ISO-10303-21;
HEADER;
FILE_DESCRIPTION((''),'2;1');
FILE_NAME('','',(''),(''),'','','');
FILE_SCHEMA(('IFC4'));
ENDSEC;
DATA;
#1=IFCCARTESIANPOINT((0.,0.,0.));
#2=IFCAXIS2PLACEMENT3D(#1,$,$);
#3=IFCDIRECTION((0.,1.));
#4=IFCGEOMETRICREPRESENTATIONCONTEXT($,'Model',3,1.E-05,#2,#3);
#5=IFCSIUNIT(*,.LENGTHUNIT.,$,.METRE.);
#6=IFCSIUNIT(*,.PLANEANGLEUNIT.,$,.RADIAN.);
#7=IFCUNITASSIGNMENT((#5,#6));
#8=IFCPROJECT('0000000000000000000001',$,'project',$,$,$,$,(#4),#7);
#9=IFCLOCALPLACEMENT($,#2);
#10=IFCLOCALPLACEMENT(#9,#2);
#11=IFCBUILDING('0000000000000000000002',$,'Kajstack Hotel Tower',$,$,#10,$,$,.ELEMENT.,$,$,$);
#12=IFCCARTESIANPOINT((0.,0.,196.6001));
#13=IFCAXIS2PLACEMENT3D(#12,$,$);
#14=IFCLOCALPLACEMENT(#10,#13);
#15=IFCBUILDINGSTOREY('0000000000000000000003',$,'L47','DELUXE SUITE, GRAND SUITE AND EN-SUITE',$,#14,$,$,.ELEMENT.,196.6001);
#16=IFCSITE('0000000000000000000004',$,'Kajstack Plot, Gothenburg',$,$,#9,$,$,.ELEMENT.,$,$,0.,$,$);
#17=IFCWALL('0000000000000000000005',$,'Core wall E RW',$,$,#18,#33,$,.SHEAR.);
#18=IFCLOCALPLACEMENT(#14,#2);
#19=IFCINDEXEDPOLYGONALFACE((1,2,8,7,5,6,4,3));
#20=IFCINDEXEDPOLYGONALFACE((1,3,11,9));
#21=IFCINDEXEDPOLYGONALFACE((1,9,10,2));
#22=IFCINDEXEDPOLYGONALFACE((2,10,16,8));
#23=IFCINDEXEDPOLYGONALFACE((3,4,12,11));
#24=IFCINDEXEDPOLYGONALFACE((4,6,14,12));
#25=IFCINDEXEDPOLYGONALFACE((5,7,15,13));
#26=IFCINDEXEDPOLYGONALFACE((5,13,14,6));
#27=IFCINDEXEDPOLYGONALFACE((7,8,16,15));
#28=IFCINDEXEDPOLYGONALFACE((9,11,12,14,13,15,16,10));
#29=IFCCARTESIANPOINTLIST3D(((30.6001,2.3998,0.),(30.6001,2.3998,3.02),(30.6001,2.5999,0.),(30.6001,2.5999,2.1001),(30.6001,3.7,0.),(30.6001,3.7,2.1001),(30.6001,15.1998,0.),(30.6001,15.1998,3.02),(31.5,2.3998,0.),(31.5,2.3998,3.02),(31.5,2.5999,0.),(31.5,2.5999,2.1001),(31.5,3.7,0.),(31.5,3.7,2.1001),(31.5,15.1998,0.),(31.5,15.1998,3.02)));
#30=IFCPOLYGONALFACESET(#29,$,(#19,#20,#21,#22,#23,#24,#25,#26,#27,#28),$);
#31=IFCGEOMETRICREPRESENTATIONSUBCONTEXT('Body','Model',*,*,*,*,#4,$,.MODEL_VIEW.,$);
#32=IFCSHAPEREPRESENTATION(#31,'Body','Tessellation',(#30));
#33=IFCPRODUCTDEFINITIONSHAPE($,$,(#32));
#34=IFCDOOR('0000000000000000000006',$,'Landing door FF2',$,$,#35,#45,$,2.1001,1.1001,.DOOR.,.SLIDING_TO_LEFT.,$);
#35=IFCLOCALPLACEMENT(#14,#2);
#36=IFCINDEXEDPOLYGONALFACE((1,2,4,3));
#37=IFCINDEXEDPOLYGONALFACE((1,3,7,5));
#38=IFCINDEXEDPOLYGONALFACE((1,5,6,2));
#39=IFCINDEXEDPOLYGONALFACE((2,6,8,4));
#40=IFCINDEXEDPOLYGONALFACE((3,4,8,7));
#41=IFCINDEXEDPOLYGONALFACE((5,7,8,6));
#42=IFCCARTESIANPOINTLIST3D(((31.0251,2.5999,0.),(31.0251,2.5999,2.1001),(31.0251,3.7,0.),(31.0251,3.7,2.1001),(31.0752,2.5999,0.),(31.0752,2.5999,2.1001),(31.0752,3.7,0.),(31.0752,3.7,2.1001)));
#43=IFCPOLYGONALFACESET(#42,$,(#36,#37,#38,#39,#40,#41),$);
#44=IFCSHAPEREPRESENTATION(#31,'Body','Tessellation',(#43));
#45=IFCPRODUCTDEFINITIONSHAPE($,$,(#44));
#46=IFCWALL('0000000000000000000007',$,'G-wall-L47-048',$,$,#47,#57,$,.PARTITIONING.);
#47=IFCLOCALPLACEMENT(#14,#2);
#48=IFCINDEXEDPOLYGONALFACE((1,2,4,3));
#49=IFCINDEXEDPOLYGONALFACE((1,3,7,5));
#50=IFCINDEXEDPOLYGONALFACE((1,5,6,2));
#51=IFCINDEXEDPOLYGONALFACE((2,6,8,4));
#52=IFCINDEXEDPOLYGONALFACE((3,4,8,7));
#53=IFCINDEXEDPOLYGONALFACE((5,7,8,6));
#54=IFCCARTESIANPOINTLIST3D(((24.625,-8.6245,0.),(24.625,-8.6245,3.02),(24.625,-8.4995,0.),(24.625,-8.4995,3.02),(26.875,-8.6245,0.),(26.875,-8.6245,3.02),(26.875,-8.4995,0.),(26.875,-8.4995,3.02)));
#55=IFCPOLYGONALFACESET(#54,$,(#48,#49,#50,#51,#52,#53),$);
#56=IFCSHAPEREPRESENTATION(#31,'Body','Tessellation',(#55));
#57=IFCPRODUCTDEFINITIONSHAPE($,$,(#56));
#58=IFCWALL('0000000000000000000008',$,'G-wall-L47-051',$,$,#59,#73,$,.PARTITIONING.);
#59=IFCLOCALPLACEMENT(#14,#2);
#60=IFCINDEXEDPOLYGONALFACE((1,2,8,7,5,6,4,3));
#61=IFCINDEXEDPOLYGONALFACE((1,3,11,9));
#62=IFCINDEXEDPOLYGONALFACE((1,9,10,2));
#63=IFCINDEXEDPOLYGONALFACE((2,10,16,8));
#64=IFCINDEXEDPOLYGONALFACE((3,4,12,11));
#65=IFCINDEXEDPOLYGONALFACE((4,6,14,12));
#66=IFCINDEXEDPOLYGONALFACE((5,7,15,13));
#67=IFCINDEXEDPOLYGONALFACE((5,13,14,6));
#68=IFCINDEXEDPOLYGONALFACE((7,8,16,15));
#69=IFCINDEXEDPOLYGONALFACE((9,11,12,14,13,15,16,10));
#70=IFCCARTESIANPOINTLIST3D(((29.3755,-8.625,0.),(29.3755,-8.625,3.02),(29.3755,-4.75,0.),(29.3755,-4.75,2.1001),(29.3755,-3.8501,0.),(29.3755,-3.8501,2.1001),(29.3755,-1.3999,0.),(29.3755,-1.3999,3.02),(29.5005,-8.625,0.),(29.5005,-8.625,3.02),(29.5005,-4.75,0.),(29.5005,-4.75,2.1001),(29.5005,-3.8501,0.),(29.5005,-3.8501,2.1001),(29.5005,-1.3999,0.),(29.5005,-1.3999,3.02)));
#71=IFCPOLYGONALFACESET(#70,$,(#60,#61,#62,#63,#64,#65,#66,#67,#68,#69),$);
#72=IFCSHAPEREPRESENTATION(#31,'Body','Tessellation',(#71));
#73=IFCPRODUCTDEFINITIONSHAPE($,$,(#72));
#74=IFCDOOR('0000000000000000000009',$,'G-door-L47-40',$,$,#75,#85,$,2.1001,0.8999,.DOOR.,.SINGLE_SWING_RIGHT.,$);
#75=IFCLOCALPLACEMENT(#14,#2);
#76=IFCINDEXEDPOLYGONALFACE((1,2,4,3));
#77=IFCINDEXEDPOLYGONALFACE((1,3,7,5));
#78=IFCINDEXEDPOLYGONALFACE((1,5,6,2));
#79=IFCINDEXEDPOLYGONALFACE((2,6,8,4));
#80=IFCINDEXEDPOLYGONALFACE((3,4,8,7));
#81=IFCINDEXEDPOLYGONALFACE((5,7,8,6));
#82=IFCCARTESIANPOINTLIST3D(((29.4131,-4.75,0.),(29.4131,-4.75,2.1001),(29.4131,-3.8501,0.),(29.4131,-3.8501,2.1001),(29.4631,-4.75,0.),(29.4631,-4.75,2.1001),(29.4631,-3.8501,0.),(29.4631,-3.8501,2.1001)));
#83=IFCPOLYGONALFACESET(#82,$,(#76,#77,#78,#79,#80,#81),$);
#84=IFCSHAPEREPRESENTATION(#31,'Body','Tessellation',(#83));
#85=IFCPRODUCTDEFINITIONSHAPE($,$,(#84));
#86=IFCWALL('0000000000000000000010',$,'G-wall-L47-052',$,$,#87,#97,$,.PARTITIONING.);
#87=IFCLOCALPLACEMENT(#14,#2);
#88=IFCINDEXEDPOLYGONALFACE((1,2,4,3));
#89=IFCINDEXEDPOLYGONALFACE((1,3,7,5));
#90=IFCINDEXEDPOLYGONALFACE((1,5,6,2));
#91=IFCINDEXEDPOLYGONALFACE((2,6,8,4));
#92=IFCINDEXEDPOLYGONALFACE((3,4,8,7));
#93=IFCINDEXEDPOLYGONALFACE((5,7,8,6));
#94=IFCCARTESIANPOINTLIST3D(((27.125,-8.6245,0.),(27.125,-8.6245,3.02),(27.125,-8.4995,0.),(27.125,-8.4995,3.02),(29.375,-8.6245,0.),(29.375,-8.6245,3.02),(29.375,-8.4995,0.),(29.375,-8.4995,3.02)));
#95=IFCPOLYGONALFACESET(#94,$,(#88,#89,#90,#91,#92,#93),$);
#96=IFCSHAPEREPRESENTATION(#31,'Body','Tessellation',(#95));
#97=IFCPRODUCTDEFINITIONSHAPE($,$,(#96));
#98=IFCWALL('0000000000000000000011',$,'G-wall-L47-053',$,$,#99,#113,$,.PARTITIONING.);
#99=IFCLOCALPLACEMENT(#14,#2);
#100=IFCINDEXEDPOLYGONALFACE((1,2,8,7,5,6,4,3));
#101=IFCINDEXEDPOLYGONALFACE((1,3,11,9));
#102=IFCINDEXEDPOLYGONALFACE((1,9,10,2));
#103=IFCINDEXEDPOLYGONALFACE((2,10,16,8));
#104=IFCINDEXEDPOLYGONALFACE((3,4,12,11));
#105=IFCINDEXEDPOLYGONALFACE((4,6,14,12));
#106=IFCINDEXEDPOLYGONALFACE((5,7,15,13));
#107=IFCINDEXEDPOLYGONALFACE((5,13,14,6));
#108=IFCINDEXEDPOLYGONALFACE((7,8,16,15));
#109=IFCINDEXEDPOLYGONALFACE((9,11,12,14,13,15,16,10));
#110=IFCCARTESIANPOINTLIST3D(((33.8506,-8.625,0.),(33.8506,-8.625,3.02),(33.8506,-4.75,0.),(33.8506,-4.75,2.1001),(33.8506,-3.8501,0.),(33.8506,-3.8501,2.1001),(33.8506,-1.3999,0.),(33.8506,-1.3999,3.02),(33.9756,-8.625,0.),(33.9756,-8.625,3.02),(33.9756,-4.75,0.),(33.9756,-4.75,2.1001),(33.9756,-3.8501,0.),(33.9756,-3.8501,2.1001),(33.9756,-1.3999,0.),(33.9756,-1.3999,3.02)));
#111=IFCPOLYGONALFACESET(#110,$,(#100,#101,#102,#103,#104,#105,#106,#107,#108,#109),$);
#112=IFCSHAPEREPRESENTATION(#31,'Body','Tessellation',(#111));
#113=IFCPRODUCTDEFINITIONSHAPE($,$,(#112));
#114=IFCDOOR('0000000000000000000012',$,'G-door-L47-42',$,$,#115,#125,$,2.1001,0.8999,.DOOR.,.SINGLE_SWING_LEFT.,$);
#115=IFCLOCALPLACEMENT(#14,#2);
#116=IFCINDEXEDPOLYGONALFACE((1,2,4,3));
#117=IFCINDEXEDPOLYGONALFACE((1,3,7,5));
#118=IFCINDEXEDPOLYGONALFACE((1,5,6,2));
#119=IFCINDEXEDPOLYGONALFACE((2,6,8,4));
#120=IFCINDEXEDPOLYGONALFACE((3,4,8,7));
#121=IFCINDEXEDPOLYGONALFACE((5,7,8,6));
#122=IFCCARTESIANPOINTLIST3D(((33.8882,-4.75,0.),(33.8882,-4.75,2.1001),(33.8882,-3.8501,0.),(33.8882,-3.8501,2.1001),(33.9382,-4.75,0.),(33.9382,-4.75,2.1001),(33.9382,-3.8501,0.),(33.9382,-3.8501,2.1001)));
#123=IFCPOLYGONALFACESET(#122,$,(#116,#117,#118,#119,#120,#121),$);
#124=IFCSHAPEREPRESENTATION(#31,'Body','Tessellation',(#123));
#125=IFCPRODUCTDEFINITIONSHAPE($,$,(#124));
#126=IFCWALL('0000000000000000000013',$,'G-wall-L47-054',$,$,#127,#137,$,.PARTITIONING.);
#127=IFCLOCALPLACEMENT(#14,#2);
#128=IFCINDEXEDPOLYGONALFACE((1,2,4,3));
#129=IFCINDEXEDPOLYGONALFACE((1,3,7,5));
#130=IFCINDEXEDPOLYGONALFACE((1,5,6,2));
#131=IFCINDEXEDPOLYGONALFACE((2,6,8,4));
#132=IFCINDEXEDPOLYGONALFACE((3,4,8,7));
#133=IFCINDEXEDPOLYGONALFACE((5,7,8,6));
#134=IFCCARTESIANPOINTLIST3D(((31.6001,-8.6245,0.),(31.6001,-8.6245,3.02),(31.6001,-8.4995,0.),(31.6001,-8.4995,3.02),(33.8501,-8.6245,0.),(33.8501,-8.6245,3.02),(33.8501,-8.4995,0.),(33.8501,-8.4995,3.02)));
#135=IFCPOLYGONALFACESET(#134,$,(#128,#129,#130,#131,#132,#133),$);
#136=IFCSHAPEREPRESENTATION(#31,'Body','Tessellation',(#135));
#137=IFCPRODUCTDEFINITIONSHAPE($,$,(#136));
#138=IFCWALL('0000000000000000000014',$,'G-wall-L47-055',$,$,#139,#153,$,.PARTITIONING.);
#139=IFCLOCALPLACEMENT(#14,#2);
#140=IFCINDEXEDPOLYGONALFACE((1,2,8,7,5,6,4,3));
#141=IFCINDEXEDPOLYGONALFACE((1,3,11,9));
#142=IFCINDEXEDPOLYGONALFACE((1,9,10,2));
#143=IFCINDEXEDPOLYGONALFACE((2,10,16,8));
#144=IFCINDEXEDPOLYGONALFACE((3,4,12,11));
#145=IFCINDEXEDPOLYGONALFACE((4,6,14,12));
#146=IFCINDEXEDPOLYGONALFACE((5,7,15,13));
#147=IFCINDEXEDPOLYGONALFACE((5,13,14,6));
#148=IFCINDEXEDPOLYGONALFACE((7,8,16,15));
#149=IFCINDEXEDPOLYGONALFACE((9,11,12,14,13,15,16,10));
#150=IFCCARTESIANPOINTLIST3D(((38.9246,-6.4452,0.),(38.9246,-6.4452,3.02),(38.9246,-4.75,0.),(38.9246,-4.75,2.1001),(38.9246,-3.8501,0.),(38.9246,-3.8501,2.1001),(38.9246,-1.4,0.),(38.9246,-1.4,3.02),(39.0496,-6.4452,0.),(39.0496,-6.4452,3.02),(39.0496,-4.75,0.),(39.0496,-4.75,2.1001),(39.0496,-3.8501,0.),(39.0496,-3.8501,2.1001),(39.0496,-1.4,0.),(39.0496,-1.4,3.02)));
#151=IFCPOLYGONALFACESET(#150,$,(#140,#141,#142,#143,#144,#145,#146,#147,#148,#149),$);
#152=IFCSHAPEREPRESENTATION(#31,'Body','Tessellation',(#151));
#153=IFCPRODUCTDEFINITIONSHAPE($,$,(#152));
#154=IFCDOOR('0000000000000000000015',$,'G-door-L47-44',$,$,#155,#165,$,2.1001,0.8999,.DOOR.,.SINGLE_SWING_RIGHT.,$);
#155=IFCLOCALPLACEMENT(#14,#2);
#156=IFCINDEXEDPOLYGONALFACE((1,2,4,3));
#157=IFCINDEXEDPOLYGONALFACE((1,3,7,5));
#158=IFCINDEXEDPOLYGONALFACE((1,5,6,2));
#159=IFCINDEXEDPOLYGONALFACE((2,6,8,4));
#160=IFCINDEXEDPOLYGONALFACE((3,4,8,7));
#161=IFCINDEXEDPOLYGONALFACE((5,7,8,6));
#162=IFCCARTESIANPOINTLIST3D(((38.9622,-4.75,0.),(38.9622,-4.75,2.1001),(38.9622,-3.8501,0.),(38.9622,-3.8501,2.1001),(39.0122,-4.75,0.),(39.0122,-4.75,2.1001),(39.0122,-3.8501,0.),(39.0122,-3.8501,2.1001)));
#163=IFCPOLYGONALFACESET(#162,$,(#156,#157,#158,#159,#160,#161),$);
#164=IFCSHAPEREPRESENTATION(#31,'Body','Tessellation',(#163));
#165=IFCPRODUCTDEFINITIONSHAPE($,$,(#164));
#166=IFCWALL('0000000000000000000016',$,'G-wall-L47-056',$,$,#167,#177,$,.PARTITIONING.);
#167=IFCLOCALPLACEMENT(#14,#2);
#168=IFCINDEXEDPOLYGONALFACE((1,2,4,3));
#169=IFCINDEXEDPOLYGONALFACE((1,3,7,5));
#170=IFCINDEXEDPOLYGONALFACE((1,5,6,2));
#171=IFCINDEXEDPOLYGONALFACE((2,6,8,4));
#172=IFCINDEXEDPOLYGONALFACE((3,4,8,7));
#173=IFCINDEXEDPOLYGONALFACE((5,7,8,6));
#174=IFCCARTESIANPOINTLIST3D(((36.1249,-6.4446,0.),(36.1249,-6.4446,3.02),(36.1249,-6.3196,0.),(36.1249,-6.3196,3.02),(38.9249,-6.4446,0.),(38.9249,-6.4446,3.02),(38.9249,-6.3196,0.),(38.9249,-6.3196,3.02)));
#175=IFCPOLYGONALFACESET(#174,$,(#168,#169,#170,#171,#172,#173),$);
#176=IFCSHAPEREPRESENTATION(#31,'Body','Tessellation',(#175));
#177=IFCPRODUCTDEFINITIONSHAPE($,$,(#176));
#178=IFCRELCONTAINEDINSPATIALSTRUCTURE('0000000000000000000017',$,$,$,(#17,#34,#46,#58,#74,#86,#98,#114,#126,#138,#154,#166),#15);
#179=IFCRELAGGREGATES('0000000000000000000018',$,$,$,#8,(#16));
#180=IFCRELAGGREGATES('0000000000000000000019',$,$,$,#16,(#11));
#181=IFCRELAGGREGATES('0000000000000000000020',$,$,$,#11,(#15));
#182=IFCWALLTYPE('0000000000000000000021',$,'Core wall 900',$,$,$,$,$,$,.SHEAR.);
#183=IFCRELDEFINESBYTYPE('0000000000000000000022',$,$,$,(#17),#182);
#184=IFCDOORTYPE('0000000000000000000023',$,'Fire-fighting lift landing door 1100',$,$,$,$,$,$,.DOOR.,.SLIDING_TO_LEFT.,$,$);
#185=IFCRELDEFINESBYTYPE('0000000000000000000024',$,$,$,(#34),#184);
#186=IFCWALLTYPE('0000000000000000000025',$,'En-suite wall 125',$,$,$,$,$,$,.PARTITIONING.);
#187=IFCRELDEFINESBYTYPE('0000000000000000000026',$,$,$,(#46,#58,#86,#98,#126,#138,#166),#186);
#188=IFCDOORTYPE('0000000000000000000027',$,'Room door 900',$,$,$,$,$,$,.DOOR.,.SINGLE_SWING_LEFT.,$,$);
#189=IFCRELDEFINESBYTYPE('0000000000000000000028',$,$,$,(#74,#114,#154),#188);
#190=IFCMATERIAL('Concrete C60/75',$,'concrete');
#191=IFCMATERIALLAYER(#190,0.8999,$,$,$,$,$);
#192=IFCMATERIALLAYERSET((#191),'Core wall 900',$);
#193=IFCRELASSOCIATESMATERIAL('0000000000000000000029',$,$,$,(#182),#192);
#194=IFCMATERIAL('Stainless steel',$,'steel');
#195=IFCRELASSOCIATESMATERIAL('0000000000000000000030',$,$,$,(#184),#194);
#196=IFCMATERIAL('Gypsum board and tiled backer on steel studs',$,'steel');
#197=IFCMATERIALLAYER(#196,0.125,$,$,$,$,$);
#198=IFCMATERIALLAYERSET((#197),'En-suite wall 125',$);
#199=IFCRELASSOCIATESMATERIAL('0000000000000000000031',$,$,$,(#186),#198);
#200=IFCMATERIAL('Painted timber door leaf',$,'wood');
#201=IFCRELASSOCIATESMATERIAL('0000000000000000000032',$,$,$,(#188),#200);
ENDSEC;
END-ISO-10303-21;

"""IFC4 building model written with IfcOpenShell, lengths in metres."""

from ifc_helpers import new_model, si_unit, direction, frame, frame_2d, origin, place, context, subcontext, project, spatial, rectangle, extrude, material, layer, layer_set, type_object, element, fill, save


model = new_model("IFC4")

# Units and contexts
model_context = context("Model", 3, precision=1e-05, world=origin(), true_north=direction((0.0, 1.0)))
body_context = subcontext(model_context, "Body", "Model", "MODEL_VIEW")
ifc_project = project(units=[si_unit("LENGTHUNIT", "METRE"), si_unit("PLANEANGLEUNIT", "RADIAN")], contexts=[model_context])

# Site, building, storey
site_placement = place(None, origin())
site = spatial("IfcSite", under=ifc_project, at=site_placement, Name="Kajstack Plot, Gothenburg", CompositionType="ELEMENT", RefElevation=0.0)
building_placement = place(site_placement, origin())
building = spatial("IfcBuilding", under=site, at=building_placement, Name="Kajstack Hotel Tower", CompositionType="ELEMENT")
storey_placement = place(building_placement, frame((0.0, 0.0, 196.6001)))
storey = spatial("IfcBuildingStorey", under=building, at=storey_placement, Name="L47", Description="DELUXE SUITE, GRAND SUITE AND EN-SUITE", CompositionType="ELEMENT", Elevation=196.6001)

# Wall, opening, door
ifc_material_1 = material(Name="Concrete C60/75", Category="concrete")
ifc_layer_1 = layer(ifc_material_1, 0.8999)
ifc_layer_set_1 = layer_set([ifc_layer_1], Name="Core wall 900")
wall_type_1 = type_object("IfcWallType", Name="Core wall 900", PredefinedType="SHEAR", material=ifc_layer_set_1)
wall_1_placement = place(storey_placement, frame((31.05, 2.3999, 0.0), z_axis=(0.0, 0.0, 1.0), x_axis=(0.0, 1.0, 0.0)))
wall_1 = element("IfcWall", 1, at=wall_1_placement, inside=storey, type_object=wall_type_1, Name="Core wall E RW", PredefinedType="SHEAR", context=body_context, shape_type="SweptSolid", body=[
    extrude(rectangle(XDim=12.8, YDim=0.8999, at=frame_2d((6.3999, 0.0))), origin(), (0.0, 0.0, 1.0), 3.02),
])
opening_1_placement = place(wall_1_placement, frame((0.2, 0.0, 0.0)))
opening_1 = element("IfcOpeningElement", 2, at=opening_1_placement, cuts=wall_1, PredefinedType="OPENING", context=body_context, shape_type="SweptSolid", body=[
    extrude(rectangle(XDim=1.1001, YDim=2.1001, at=frame_2d((0.55, 1.05))), frame((0.0, 0.46, 0.0), z_axis=(0.0, -1.0, 0.0), x_axis=(1.0, 0.0, 0.0)), (0.0, 0.0, 1.0), 0.9199),
])
ifc_material_2 = material(Name="Stainless steel", Category="steel")
door_type_1 = type_object("IfcDoorType", Name="Fire-fighting lift landing door 1100", OperationType="SLIDING_TO_LEFT", PredefinedType="DOOR", material=ifc_material_2)
door_1_placement = place(opening_1_placement, origin())
door_1 = element("IfcDoor", 3, at=door_1_placement, inside=storey, type_object=door_type_1, Name="Landing door FF2", OperationType="SLIDING_TO_LEFT", OverallHeight=2.1001, OverallWidth=1.1001, PredefinedType="DOOR", context=body_context, shape_type="SweptSolid", body=[
    extrude(rectangle(XDim=1.1001, YDim=2.1001, at=frame_2d((0.55, 1.05))), frame((0.0, 0.0249, 0.0), z_axis=(0.0, -1.0, 0.0), x_axis=(1.0, 0.0, 0.0)), (0.0, 0.0, 1.0), 0.05),
])
fill(opening_1, door_1)

# Wall
ifc_material_3 = material(Name="Gypsum board and tiled backer on steel studs", Category="steel")
ifc_layer_2 = layer(ifc_material_3, 0.125)
ifc_layer_set_2 = layer_set([ifc_layer_2], Name="En-suite wall 125")
wall_type_2 = type_object("IfcWallType", Name="En-suite wall 125", PredefinedType="PARTITIONING", material=ifc_layer_set_2)
wall_2_placement = place(storey_placement, frame((24.625, -8.562, 0.0), z_axis=(0.0, 0.0, 1.0), x_axis=(1.0, 0.0, 0.0)))
element("IfcWall", 4, at=wall_2_placement, inside=storey, type_object=wall_type_2, Name="G-wall-L47-048", PredefinedType="PARTITIONING", context=body_context, shape_type="SweptSolid", body=[
    extrude(rectangle(XDim=2.25, YDim=0.125, at=frame_2d((1.125, 0.0))), origin(), (0.0, 0.0, 1.0), 3.02),
])

# Wall, opening, door
wall_3_placement = place(storey_placement, frame((29.438, -8.625, 0.0), z_axis=(0.0, 0.0, 1.0), x_axis=(0.0, 1.0, 0.0)))
wall_3 = element("IfcWall", 5, at=wall_3_placement, inside=storey, type_object=wall_type_2, Name="G-wall-L47-051", PredefinedType="PARTITIONING", context=body_context, shape_type="SweptSolid", body=[
    extrude(rectangle(XDim=7.2251, YDim=0.125, at=frame_2d((3.6125, 0.0))), origin(), (0.0, 0.0, 1.0), 3.02),
])
opening_2_placement = place(wall_3_placement, frame((3.875, 0.0, 0.0)))
opening_2 = element("IfcOpeningElement", 6, at=opening_2_placement, cuts=wall_3, PredefinedType="OPENING", context=body_context, shape_type="SweptSolid", body=[
    extrude(rectangle(XDim=0.8999, YDim=2.1001, at=frame_2d((0.45, 1.05))), frame((0.0, 0.0725, 0.0), z_axis=(0.0, -1.0, 0.0), x_axis=(1.0, 0.0, 0.0)), (0.0, 0.0, 1.0), 0.145),
])
ifc_material_4 = material(Name="Painted timber door leaf", Category="wood")
door_type_2 = type_object("IfcDoorType", Name="Room door 900", OperationType="SINGLE_SWING_LEFT", PredefinedType="DOOR", material=ifc_material_4)
door_2_placement = place(opening_2_placement, origin())
door_2 = element("IfcDoor", 7, at=door_2_placement, inside=storey, type_object=door_type_2, Name="G-door-L47-40", OperationType="SINGLE_SWING_RIGHT", OverallHeight=2.1001, OverallWidth=0.8999, PredefinedType="DOOR", context=body_context, shape_type="SweptSolid", body=[
    extrude(rectangle(XDim=0.8999, YDim=2.1001, at=frame_2d((0.45, 1.05))), frame((0.0, 0.0249, 0.0), z_axis=(0.0, -1.0, 0.0), x_axis=(1.0, 0.0, 0.0)), (0.0, 0.0, 1.0), 0.05),
])
fill(opening_2, door_2)

# Wall
wall_4_placement = place(storey_placement, frame((27.125, -8.562, 0.0), z_axis=(0.0, 0.0, 1.0), x_axis=(1.0, 0.0, 0.0)))
element("IfcWall", 8, at=wall_4_placement, inside=storey, type_object=wall_type_2, Name="G-wall-L47-052", PredefinedType="PARTITIONING", context=body_context, shape_type="SweptSolid", body=[
    extrude(rectangle(XDim=2.25, YDim=0.125, at=frame_2d((1.125, 0.0))), origin(), (0.0, 0.0, 1.0), 3.02),
])

# Wall, opening, door
wall_5_placement = place(storey_placement, frame((33.9131, -8.625, 0.0), z_axis=(0.0, 0.0, 1.0), x_axis=(0.0, 1.0, 0.0)))
wall_5 = element("IfcWall", 9, at=wall_5_placement, inside=storey, type_object=wall_type_2, Name="G-wall-L47-053", PredefinedType="PARTITIONING", context=body_context, shape_type="SweptSolid", body=[
    extrude(rectangle(XDim=7.2251, YDim=0.125, at=frame_2d((3.6125, 0.0))), origin(), (0.0, 0.0, 1.0), 3.02),
])
opening_3_placement = place(wall_5_placement, frame((3.875, 0.0, 0.0)))
opening_3 = element("IfcOpeningElement", 10, at=opening_3_placement, cuts=wall_5, PredefinedType="OPENING", context=body_context, shape_type="SweptSolid", body=[
    extrude(rectangle(XDim=0.8999, YDim=2.1001, at=frame_2d((0.45, 1.05))), frame((0.0, 0.0725, 0.0), z_axis=(0.0, -1.0, 0.0), x_axis=(1.0, 0.0, 0.0)), (0.0, 0.0, 1.0), 0.145),
])
door_3_placement = place(opening_3_placement, origin())
door_3 = element("IfcDoor", 11, at=door_3_placement, inside=storey, type_object=door_type_2, Name="G-door-L47-42", OperationType="SINGLE_SWING_LEFT", OverallHeight=2.1001, OverallWidth=0.8999, PredefinedType="DOOR", context=body_context, shape_type="SweptSolid", body=[
    extrude(rectangle(XDim=0.8999, YDim=2.1001, at=frame_2d((0.45, 1.05))), frame((0.0, 0.0249, 0.0), z_axis=(0.0, -1.0, 0.0), x_axis=(1.0, 0.0, 0.0)), (0.0, 0.0, 1.0), 0.05),
])
fill(opening_3, door_3)

# Wall
wall_6_placement = place(storey_placement, frame((31.6001, -8.562, 0.0), z_axis=(0.0, 0.0, 1.0), x_axis=(1.0, 0.0, 0.0)))
element("IfcWall", 12, at=wall_6_placement, inside=storey, type_object=wall_type_2, Name="G-wall-L47-054", PredefinedType="PARTITIONING", context=body_context, shape_type="SweptSolid", body=[
    extrude(rectangle(XDim=2.25, YDim=0.125, at=frame_2d((1.125, 0.0))), origin(), (0.0, 0.0, 1.0), 3.02),
])

# Wall, opening, door
wall_7_placement = place(storey_placement, frame((38.9871, -6.4451, 0.0), z_axis=(0.0, 0.0, 1.0), x_axis=(0.0, 1.0, 0.0)))
wall_7 = element("IfcWall", 13, at=wall_7_placement, inside=storey, type_object=wall_type_2, Name="G-wall-L47-055", PredefinedType="PARTITIONING", context=body_context, shape_type="SweptSolid", body=[
    extrude(rectangle(XDim=5.0452, YDim=0.125, at=frame_2d((2.5225, 0.0))), origin(), (0.0, 0.0, 1.0), 3.02),
])
opening_4_placement = place(wall_7_placement, frame((1.6951, 0.0, 0.0)))
opening_4 = element("IfcOpeningElement", 14, at=opening_4_placement, cuts=wall_7, PredefinedType="OPENING", context=body_context, shape_type="SweptSolid", body=[
    extrude(rectangle(XDim=0.8999, YDim=2.1001, at=frame_2d((0.45, 1.05))), frame((0.0, 0.0725, 0.0), z_axis=(0.0, -1.0, 0.0), x_axis=(1.0, 0.0, 0.0)), (0.0, 0.0, 1.0), 0.145),
])
door_4_placement = place(opening_4_placement, origin())
door_4 = element("IfcDoor", 15, at=door_4_placement, inside=storey, type_object=door_type_2, Name="G-door-L47-44", OperationType="SINGLE_SWING_RIGHT", OverallHeight=2.1001, OverallWidth=0.8999, PredefinedType="DOOR", context=body_context, shape_type="SweptSolid", body=[
    extrude(rectangle(XDim=0.8999, YDim=2.1001, at=frame_2d((0.45, 1.05))), frame((0.0, 0.0249, 0.0), z_axis=(0.0, -1.0, 0.0), x_axis=(1.0, 0.0, 0.0)), (0.0, 0.0, 1.0), 0.05),
])
fill(opening_4, door_4)

# Wall
wall_8_placement = place(storey_placement, frame((36.125, -6.3821, 0.0), z_axis=(0.0, 0.0, 1.0), x_axis=(1.0, 0.0, 0.0)))
element("IfcWall", 16, at=wall_8_placement, inside=storey, type_object=wall_type_2, Name="G-wall-L47-056", PredefinedType="PARTITIONING", context=body_context, shape_type="SweptSolid", body=[
    extrude(rectangle(XDim=2.8, YDim=0.125, at=frame_2d((1.3999, 0.0))), origin(), (0.0, 0.0, 1.0), 3.02),
])

save(model, "model.ifc")
